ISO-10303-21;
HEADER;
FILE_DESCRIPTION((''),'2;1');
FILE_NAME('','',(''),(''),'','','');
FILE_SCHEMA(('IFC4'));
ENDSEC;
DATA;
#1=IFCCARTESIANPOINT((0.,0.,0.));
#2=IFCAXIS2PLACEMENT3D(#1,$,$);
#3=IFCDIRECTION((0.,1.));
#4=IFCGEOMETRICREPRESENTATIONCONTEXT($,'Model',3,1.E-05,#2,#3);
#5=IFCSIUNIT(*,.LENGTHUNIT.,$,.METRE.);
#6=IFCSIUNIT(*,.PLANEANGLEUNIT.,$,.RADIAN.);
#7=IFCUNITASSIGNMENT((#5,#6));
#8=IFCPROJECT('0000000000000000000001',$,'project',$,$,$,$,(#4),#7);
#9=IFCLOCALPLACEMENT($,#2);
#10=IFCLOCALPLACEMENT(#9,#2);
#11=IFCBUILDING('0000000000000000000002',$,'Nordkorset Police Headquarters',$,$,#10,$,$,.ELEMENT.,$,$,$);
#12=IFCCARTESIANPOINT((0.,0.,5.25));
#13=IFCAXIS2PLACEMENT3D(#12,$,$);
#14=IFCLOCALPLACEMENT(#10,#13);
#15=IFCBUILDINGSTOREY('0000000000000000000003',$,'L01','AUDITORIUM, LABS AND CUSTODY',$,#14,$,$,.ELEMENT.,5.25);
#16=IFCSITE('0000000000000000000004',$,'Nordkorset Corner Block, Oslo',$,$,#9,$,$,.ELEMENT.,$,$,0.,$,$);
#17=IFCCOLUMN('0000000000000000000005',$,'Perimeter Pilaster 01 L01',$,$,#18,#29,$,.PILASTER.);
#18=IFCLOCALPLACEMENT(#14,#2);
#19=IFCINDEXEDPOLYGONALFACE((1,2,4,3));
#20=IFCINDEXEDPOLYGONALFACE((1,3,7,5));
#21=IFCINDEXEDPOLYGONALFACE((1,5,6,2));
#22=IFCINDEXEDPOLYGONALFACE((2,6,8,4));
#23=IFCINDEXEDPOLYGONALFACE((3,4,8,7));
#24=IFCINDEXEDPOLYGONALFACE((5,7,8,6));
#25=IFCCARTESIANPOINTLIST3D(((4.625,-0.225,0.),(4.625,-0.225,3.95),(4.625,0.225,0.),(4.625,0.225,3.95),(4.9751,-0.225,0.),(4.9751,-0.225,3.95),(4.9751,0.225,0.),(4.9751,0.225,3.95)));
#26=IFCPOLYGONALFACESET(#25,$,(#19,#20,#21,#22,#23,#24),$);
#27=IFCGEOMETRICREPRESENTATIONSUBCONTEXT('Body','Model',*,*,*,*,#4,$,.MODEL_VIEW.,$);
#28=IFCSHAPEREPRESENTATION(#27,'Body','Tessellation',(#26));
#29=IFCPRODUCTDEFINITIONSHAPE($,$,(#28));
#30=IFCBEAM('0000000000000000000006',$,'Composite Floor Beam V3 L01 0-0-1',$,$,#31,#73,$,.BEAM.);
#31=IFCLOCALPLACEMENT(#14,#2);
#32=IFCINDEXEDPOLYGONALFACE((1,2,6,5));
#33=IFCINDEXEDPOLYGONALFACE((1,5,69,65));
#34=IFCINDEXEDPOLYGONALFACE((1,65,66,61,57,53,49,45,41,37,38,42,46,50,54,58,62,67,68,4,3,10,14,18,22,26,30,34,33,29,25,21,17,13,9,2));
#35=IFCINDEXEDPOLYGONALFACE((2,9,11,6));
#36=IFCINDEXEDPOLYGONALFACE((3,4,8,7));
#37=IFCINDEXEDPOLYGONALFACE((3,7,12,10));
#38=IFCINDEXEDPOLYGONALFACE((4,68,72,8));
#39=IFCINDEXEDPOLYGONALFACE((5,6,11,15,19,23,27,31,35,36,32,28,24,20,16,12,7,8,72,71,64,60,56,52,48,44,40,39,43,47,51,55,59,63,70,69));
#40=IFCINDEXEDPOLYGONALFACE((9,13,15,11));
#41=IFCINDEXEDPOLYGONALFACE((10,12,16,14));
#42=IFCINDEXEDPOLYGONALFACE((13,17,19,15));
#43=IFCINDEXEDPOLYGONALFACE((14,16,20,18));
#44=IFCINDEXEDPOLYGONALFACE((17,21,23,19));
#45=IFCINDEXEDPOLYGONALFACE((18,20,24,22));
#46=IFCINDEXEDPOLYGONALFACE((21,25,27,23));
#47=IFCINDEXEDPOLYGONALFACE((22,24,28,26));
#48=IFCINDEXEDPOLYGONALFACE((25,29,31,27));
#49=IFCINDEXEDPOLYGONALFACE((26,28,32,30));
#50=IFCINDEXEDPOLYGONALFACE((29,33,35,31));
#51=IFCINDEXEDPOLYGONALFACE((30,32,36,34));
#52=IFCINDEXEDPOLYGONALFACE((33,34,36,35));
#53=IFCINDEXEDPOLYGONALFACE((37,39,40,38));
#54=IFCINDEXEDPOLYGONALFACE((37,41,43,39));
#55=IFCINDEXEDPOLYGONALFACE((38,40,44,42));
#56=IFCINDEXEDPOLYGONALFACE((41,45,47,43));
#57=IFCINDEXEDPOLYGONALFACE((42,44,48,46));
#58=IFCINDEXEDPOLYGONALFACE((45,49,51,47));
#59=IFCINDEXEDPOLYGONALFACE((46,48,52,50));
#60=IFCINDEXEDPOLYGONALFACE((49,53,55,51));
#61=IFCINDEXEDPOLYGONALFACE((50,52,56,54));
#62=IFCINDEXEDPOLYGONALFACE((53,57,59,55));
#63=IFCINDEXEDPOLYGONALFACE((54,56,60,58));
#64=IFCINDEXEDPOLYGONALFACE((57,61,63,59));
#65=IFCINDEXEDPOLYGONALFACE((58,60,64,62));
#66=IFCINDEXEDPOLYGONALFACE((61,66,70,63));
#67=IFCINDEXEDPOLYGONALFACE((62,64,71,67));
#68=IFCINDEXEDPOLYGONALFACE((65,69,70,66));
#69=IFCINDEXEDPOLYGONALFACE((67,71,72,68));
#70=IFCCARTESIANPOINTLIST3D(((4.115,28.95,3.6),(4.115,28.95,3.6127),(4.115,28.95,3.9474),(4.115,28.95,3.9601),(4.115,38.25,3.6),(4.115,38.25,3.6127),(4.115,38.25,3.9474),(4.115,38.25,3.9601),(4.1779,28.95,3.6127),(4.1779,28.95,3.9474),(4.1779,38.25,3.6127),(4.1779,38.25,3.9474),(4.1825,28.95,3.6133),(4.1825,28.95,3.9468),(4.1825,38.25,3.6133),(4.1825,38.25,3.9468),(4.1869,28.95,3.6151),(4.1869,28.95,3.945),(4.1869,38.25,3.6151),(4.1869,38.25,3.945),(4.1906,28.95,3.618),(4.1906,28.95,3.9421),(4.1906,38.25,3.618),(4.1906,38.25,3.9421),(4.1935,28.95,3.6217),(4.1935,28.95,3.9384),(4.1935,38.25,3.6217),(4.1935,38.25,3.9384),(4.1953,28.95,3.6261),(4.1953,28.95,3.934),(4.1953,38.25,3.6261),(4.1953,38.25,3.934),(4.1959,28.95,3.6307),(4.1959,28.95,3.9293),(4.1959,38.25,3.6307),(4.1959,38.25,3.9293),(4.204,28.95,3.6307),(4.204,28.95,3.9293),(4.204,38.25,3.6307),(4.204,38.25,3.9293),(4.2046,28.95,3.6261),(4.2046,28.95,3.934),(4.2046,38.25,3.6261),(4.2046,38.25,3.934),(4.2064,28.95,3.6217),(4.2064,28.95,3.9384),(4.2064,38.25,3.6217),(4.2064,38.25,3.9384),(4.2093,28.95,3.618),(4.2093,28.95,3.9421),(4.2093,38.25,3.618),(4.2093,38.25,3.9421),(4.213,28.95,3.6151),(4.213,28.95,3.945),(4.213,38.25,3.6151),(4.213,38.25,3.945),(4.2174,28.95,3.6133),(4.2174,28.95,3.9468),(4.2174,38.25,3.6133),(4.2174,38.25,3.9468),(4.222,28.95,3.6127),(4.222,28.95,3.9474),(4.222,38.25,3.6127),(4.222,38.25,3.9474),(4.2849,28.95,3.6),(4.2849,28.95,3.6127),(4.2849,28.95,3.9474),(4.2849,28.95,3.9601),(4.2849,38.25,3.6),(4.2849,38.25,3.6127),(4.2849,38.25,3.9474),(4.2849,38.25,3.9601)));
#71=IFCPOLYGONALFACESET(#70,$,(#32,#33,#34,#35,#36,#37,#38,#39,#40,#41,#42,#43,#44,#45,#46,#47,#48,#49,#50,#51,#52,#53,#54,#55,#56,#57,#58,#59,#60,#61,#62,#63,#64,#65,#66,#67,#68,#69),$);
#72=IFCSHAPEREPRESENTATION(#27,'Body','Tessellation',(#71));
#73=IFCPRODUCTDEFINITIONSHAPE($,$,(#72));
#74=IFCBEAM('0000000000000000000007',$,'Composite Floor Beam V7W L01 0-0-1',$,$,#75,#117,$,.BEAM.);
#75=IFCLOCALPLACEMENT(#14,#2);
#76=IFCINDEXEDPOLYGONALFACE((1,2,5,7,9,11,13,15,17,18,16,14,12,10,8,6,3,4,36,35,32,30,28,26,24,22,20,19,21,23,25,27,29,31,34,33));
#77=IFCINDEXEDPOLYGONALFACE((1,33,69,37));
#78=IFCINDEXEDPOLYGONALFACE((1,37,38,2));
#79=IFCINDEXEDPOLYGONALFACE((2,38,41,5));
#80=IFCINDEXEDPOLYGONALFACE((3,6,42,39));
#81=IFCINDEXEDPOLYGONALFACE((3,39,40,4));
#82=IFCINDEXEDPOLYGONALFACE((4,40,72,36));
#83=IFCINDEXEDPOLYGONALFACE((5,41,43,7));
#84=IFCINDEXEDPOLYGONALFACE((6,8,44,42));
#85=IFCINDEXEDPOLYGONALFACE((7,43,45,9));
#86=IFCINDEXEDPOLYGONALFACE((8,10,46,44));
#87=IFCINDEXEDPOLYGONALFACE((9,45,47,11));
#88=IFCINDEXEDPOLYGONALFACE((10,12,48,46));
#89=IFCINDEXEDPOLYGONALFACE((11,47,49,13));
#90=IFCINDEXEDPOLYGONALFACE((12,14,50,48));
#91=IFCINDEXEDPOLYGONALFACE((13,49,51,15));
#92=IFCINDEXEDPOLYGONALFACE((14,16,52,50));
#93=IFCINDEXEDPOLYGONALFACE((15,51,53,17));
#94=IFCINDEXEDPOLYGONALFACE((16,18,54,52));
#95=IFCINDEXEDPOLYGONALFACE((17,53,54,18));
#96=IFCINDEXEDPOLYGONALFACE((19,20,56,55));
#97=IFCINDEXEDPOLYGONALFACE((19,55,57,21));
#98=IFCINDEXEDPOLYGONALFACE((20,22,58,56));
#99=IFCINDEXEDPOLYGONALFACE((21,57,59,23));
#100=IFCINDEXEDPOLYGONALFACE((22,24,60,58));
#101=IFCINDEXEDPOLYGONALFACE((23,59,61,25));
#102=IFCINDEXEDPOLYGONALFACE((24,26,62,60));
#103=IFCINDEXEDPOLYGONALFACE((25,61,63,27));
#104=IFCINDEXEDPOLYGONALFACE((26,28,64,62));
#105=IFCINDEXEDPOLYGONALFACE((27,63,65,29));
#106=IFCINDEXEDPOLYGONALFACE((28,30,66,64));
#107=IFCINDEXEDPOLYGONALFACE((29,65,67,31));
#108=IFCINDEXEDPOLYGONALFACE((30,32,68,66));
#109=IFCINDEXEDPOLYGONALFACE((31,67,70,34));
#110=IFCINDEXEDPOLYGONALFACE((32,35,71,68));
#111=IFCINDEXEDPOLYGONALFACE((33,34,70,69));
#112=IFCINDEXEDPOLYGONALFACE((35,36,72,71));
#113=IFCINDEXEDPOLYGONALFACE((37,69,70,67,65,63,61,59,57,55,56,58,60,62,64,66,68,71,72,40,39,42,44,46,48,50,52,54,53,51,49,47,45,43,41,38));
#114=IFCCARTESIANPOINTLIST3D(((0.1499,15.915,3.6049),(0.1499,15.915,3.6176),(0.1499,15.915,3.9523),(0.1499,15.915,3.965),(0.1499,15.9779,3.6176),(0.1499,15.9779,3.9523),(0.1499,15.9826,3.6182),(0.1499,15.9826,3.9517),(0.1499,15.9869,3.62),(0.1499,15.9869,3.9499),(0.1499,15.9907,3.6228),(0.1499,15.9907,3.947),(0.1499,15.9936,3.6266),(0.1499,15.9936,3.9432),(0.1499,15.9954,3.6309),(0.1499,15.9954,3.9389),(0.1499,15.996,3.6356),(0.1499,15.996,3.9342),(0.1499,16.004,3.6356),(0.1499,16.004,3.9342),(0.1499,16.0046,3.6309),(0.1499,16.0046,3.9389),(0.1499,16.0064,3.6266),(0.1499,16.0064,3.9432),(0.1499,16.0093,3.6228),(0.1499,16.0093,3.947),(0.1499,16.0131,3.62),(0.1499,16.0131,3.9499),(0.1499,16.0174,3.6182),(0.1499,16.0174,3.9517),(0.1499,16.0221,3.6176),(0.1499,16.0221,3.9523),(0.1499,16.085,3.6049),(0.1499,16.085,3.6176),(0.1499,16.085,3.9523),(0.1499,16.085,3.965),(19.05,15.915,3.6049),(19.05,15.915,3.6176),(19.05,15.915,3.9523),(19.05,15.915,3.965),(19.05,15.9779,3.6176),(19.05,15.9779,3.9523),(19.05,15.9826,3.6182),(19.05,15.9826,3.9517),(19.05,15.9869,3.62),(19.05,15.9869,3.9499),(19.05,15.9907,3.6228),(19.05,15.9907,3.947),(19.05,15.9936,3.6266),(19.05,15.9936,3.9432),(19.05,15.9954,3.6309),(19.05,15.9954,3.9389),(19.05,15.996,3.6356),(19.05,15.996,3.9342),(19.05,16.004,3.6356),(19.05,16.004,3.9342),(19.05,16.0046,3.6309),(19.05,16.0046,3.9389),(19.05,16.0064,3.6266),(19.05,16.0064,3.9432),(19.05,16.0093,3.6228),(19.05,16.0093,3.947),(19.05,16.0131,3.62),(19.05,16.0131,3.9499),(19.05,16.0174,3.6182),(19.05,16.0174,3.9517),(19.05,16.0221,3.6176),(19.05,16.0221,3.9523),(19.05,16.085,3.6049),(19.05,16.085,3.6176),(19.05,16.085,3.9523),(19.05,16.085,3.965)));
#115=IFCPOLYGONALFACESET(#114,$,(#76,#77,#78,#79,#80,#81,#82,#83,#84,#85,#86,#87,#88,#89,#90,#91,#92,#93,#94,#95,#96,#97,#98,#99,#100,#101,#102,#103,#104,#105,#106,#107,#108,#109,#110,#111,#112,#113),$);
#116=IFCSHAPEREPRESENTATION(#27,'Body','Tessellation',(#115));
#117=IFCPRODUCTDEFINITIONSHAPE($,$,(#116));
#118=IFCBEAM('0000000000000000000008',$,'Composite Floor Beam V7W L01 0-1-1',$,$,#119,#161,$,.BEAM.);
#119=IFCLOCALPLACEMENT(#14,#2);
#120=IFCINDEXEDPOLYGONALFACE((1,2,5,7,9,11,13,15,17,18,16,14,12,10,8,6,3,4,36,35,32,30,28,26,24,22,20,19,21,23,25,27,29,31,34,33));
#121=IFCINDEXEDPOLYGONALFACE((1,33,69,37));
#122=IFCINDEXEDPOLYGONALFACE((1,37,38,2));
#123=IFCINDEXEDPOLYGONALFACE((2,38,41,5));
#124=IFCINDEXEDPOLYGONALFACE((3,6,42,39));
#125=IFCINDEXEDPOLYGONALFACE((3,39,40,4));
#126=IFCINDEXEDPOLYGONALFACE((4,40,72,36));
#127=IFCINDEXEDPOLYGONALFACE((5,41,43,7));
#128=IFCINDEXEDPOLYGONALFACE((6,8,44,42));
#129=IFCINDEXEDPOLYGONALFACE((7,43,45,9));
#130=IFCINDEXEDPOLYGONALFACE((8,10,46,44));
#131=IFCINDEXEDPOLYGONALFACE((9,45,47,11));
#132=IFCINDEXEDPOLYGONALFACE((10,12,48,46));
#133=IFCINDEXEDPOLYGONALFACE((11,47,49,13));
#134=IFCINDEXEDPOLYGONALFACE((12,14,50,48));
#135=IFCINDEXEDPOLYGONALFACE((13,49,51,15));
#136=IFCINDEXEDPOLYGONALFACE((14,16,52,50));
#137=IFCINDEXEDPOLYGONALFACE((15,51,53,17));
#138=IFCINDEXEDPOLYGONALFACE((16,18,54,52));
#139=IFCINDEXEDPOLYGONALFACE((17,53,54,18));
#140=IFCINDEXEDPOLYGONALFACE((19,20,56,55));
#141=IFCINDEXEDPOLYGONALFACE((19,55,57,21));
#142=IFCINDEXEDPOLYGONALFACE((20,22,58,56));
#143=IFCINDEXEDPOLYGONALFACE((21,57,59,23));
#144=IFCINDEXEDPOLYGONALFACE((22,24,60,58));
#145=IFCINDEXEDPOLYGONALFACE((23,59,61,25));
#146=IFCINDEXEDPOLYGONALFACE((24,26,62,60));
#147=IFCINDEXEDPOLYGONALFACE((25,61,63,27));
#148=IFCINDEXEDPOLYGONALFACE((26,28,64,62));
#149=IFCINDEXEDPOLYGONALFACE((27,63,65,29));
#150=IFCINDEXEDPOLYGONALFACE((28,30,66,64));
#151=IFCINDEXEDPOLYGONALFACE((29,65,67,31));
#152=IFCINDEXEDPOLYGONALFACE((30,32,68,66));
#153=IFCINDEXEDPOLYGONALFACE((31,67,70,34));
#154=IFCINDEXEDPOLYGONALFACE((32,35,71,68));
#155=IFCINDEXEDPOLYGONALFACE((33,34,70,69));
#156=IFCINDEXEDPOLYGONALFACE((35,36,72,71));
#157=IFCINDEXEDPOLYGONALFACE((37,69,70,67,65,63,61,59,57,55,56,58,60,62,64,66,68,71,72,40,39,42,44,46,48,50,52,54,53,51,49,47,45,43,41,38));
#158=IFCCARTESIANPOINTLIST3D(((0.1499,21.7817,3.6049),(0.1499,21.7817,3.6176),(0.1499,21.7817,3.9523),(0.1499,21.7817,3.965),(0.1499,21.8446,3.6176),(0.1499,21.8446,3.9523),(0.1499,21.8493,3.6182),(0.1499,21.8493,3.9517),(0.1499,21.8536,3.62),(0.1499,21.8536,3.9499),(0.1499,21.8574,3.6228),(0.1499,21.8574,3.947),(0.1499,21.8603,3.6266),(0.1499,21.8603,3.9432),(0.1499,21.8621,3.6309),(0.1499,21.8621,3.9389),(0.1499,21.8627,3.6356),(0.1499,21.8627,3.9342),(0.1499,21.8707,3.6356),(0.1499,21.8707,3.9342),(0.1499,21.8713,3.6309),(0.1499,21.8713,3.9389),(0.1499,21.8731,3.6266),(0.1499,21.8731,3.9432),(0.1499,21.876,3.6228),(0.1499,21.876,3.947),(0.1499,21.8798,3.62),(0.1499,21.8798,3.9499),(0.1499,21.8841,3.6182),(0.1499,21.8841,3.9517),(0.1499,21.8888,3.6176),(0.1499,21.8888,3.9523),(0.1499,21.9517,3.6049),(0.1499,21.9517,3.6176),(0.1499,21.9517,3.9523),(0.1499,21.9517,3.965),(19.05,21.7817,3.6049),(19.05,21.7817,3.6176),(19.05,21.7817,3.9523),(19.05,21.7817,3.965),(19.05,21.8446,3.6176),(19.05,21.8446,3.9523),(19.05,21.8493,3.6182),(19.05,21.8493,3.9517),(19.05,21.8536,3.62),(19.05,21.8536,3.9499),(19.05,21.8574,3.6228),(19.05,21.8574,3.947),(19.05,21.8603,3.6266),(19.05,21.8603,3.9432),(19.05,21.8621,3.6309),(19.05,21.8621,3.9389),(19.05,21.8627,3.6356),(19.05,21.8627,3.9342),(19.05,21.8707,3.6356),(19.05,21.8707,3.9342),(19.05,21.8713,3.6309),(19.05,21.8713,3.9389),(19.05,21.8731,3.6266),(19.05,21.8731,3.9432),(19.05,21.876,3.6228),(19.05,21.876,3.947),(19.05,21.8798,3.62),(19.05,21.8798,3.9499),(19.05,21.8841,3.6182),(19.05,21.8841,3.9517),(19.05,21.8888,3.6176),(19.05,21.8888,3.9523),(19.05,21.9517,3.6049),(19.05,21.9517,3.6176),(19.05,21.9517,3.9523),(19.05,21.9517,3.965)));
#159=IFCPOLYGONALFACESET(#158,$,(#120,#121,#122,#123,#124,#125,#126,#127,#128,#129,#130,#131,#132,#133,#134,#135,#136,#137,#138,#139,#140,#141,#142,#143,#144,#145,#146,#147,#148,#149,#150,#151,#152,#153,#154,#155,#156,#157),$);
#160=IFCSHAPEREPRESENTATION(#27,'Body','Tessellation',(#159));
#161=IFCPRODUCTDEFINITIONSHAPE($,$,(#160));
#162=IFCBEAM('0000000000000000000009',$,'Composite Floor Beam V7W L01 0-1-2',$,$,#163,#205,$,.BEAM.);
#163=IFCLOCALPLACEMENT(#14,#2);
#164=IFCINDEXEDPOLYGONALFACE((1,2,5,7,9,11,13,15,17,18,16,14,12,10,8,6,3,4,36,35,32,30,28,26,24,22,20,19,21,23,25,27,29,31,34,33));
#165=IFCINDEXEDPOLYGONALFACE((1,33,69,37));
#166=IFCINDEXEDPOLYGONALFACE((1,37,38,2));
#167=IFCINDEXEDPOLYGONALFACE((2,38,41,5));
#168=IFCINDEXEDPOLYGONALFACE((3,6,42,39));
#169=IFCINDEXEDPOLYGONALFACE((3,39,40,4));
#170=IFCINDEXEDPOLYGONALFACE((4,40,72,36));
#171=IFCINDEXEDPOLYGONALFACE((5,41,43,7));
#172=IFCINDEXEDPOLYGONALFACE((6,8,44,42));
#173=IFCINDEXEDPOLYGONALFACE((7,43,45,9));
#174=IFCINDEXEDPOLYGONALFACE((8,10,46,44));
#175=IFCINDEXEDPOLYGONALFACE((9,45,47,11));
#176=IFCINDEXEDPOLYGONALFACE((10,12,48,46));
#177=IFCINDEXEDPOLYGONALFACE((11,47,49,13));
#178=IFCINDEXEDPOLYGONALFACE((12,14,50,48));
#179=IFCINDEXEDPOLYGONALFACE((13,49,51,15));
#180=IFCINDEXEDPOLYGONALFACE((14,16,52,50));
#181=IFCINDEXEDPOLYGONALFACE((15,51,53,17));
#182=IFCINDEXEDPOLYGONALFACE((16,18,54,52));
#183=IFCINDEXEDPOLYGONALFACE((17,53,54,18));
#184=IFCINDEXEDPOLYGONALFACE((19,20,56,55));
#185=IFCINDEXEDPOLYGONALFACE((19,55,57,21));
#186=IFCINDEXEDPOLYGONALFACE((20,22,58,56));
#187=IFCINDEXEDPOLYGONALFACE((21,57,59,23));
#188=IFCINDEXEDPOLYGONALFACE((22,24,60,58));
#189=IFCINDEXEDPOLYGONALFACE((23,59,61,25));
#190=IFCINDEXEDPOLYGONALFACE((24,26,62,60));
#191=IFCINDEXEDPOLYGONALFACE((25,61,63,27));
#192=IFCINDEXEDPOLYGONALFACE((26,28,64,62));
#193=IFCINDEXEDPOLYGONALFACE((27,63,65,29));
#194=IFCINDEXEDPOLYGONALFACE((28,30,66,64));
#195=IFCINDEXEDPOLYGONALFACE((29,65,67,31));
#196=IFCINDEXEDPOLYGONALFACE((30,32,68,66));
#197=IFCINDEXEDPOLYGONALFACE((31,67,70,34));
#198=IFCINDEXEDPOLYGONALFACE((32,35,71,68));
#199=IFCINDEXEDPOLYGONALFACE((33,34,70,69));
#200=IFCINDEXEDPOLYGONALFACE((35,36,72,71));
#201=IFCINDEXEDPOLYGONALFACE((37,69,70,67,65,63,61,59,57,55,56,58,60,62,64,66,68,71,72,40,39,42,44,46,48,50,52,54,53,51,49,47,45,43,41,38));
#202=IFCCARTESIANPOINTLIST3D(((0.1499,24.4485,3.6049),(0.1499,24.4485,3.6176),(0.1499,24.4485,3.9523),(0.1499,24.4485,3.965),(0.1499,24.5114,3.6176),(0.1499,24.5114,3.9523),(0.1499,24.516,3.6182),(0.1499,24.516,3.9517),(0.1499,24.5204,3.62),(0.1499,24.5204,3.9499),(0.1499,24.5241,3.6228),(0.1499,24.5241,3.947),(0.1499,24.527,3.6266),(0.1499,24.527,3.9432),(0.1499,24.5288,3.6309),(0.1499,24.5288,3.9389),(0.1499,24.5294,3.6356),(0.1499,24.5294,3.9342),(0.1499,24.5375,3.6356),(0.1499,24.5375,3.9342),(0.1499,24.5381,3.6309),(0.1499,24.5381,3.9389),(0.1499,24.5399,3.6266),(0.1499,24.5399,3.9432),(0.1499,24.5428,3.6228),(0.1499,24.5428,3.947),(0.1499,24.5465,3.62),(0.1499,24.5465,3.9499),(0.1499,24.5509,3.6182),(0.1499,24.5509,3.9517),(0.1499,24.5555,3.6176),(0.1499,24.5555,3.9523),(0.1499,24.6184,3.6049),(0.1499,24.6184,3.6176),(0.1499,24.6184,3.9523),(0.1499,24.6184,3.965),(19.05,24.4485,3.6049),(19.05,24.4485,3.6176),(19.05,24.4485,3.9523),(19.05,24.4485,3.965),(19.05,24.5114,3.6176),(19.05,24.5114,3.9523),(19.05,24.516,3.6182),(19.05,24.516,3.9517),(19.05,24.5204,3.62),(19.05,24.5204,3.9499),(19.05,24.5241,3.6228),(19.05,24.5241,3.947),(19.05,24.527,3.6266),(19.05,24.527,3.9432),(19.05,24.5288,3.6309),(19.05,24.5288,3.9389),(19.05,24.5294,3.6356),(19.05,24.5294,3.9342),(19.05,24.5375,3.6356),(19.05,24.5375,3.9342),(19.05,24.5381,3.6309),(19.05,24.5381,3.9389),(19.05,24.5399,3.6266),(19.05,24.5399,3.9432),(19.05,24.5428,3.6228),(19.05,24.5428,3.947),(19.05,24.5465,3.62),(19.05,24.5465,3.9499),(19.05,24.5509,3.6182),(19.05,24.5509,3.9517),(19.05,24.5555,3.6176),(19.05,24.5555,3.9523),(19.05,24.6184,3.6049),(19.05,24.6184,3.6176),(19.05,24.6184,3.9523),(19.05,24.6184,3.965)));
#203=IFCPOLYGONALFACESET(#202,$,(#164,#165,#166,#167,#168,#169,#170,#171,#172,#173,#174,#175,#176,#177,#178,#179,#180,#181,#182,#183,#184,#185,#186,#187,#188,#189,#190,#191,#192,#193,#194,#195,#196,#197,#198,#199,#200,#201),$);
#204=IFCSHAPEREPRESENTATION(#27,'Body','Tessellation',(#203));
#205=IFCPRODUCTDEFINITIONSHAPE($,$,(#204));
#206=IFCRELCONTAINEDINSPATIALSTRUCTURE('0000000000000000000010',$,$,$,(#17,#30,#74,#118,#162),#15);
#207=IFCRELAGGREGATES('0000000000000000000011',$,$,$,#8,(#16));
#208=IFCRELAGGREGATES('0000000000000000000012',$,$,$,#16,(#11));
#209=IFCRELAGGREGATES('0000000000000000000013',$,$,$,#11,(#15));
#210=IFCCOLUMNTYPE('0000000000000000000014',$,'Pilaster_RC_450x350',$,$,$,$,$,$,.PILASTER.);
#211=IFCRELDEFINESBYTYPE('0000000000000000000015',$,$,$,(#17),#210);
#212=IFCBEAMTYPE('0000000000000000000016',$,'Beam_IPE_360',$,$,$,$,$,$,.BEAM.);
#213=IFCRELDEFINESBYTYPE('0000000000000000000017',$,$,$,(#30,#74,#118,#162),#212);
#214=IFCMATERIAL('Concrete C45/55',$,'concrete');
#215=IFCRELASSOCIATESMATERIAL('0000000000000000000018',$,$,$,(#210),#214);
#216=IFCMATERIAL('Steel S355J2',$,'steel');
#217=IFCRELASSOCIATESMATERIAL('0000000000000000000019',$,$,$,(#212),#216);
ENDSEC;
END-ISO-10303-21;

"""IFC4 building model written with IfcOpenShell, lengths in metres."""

from ifc_helpers import new_model, si_unit, direction, frame, origin, origin_2d, place, context, subcontext, project, spatial, rectangle, i_section, extrude, material, material_profile, profile_set, type_object, element, save


model = new_model("IFC4")

# Units and contexts
model_context = context("Model", 3, precision=1e-05, world=origin(), true_north=direction((0.0, 1.0)))
body_context = subcontext(model_context, "Body", "Model", "MODEL_VIEW")
ifc_project = project(units=[si_unit("LENGTHUNIT", "METRE"), si_unit("PLANEANGLEUNIT", "RADIAN")], contexts=[model_context])

# Site, building, storey
site_placement = place(None, origin())
site = spatial("IfcSite", under=ifc_project, at=site_placement, Name="Nordkorset Corner Block, Oslo", CompositionType="ELEMENT", RefElevation=0.0)
building_placement = place(site_placement, origin())
building = spatial("IfcBuilding", under=site, at=building_placement, Name="Nordkorset Police Headquarters", CompositionType="ELEMENT")
storey_placement = place(building_placement, frame((0.0, 0.0, 5.25)))
storey = spatial("IfcBuildingStorey", under=building, at=storey_placement, Name="L01", Description="AUDITORIUM, LABS AND CUSTODY", CompositionType="ELEMENT", Elevation=5.25)

# Column
ifc_material_1 = material(Name="Concrete C45/55", Category="concrete")
ifc_material_profile_1 = material_profile(ifc_material_1, rectangle(XDim=0.3501, YDim=0.45, at=origin_2d()), Name="RC 450x350")
ifc_profile_set_1 = profile_set([ifc_material_profile_1], Name="Concrete C45/55")
column_type_1 = type_object("IfcColumnType", Name="Pilaster_RC_450x350", PredefinedType="PILASTER", material=ifc_profile_set_1)
column_1_placement = place(storey_placement, frame((4.8, 0.0, 0.0), z_axis=(0.0, 0.0, 1.0), x_axis=(1.0, 0.0, 0.0)))
element("IfcColumn", 1, at=column_1_placement, inside=storey, type_object=column_type_1, Name="Perimeter Pilaster 01 L01", PredefinedType="PILASTER", context=body_context, shape_type="SweptSolid", body=[
    extrude(rectangle(XDim=0.3501, YDim=0.45, at=origin_2d()), origin(), (0.0, 0.0, 1.0), 3.95),
])

# Beams
ifc_material_2 = material(Name="Steel S355J2", Category="steel")
ifc_material_profile_2 = material_profile(ifc_material_2, i_section(OverallWidth=0.1699, OverallDepth=0.3601, WebThickness=0.0081, FlangeThickness=0.0127, FilletRadius=0.0181, at=origin_2d()), Name="IPE 360")
ifc_profile_set_2 = profile_set([ifc_material_profile_2], Name="Steel S355J2")
beam_type_1 = type_object("IfcBeamType", Name="Beam_IPE_360", PredefinedType="BEAM", material=ifc_profile_set_2)
beam_1_placement = place(storey_placement, frame((4.2, 28.95, 3.78), z_axis=(0.0, 1.0, 0.0), x_axis=(-1.0, 0.0, 0.0)))
element("IfcBeam", 2, at=beam_1_placement, inside=storey, type_object=beam_type_1, Name="Composite Floor Beam V3 L01 0-0-1", PredefinedType="BEAM", context=body_context, shape_type="SweptSolid", body=[
    extrude(i_section(OverallWidth=0.1699, OverallDepth=0.3601, WebThickness=0.0081, FlangeThickness=0.0127, FilletRadius=0.0181, at=origin_2d()), origin(), (0.0, 0.0, 1.0), 9.3),
])
for number, where, z_axis, x_axis, name in (
    (3, (0.1499, 16.0, 3.7849), (1.0, 0.0, 0.0), (0.0, 1.0, 0.0), "Composite Floor Beam V7W L01 0-0-1"),
    (4, (0.1499, 21.8667, 3.7849), (1.0, 0.0, 0.0), (0.0, 1.0, 0.0), "Composite Floor Beam V7W L01 0-1-1"),
    (5, (0.1499, 24.5334, 3.7849), (1.0, 0.0, 0.0), (0.0, 1.0, 0.0), "Composite Floor Beam V7W L01 0-1-2"),
):
    element("IfcBeam", number, at=place(storey_placement, frame(where, z_axis=z_axis, x_axis=x_axis)), inside=storey, type_object=beam_type_1, Name=name, PredefinedType="BEAM", context=body_context, shape_type="SweptSolid", body=[
        extrude(i_section(OverallWidth=0.1699, OverallDepth=0.3601, WebThickness=0.0081, FlangeThickness=0.0127, FilletRadius=0.0181, at=origin_2d()), origin(), (0.0, 0.0, 1.0), 18.9001),
    ])

save(model, "model.ifc")
